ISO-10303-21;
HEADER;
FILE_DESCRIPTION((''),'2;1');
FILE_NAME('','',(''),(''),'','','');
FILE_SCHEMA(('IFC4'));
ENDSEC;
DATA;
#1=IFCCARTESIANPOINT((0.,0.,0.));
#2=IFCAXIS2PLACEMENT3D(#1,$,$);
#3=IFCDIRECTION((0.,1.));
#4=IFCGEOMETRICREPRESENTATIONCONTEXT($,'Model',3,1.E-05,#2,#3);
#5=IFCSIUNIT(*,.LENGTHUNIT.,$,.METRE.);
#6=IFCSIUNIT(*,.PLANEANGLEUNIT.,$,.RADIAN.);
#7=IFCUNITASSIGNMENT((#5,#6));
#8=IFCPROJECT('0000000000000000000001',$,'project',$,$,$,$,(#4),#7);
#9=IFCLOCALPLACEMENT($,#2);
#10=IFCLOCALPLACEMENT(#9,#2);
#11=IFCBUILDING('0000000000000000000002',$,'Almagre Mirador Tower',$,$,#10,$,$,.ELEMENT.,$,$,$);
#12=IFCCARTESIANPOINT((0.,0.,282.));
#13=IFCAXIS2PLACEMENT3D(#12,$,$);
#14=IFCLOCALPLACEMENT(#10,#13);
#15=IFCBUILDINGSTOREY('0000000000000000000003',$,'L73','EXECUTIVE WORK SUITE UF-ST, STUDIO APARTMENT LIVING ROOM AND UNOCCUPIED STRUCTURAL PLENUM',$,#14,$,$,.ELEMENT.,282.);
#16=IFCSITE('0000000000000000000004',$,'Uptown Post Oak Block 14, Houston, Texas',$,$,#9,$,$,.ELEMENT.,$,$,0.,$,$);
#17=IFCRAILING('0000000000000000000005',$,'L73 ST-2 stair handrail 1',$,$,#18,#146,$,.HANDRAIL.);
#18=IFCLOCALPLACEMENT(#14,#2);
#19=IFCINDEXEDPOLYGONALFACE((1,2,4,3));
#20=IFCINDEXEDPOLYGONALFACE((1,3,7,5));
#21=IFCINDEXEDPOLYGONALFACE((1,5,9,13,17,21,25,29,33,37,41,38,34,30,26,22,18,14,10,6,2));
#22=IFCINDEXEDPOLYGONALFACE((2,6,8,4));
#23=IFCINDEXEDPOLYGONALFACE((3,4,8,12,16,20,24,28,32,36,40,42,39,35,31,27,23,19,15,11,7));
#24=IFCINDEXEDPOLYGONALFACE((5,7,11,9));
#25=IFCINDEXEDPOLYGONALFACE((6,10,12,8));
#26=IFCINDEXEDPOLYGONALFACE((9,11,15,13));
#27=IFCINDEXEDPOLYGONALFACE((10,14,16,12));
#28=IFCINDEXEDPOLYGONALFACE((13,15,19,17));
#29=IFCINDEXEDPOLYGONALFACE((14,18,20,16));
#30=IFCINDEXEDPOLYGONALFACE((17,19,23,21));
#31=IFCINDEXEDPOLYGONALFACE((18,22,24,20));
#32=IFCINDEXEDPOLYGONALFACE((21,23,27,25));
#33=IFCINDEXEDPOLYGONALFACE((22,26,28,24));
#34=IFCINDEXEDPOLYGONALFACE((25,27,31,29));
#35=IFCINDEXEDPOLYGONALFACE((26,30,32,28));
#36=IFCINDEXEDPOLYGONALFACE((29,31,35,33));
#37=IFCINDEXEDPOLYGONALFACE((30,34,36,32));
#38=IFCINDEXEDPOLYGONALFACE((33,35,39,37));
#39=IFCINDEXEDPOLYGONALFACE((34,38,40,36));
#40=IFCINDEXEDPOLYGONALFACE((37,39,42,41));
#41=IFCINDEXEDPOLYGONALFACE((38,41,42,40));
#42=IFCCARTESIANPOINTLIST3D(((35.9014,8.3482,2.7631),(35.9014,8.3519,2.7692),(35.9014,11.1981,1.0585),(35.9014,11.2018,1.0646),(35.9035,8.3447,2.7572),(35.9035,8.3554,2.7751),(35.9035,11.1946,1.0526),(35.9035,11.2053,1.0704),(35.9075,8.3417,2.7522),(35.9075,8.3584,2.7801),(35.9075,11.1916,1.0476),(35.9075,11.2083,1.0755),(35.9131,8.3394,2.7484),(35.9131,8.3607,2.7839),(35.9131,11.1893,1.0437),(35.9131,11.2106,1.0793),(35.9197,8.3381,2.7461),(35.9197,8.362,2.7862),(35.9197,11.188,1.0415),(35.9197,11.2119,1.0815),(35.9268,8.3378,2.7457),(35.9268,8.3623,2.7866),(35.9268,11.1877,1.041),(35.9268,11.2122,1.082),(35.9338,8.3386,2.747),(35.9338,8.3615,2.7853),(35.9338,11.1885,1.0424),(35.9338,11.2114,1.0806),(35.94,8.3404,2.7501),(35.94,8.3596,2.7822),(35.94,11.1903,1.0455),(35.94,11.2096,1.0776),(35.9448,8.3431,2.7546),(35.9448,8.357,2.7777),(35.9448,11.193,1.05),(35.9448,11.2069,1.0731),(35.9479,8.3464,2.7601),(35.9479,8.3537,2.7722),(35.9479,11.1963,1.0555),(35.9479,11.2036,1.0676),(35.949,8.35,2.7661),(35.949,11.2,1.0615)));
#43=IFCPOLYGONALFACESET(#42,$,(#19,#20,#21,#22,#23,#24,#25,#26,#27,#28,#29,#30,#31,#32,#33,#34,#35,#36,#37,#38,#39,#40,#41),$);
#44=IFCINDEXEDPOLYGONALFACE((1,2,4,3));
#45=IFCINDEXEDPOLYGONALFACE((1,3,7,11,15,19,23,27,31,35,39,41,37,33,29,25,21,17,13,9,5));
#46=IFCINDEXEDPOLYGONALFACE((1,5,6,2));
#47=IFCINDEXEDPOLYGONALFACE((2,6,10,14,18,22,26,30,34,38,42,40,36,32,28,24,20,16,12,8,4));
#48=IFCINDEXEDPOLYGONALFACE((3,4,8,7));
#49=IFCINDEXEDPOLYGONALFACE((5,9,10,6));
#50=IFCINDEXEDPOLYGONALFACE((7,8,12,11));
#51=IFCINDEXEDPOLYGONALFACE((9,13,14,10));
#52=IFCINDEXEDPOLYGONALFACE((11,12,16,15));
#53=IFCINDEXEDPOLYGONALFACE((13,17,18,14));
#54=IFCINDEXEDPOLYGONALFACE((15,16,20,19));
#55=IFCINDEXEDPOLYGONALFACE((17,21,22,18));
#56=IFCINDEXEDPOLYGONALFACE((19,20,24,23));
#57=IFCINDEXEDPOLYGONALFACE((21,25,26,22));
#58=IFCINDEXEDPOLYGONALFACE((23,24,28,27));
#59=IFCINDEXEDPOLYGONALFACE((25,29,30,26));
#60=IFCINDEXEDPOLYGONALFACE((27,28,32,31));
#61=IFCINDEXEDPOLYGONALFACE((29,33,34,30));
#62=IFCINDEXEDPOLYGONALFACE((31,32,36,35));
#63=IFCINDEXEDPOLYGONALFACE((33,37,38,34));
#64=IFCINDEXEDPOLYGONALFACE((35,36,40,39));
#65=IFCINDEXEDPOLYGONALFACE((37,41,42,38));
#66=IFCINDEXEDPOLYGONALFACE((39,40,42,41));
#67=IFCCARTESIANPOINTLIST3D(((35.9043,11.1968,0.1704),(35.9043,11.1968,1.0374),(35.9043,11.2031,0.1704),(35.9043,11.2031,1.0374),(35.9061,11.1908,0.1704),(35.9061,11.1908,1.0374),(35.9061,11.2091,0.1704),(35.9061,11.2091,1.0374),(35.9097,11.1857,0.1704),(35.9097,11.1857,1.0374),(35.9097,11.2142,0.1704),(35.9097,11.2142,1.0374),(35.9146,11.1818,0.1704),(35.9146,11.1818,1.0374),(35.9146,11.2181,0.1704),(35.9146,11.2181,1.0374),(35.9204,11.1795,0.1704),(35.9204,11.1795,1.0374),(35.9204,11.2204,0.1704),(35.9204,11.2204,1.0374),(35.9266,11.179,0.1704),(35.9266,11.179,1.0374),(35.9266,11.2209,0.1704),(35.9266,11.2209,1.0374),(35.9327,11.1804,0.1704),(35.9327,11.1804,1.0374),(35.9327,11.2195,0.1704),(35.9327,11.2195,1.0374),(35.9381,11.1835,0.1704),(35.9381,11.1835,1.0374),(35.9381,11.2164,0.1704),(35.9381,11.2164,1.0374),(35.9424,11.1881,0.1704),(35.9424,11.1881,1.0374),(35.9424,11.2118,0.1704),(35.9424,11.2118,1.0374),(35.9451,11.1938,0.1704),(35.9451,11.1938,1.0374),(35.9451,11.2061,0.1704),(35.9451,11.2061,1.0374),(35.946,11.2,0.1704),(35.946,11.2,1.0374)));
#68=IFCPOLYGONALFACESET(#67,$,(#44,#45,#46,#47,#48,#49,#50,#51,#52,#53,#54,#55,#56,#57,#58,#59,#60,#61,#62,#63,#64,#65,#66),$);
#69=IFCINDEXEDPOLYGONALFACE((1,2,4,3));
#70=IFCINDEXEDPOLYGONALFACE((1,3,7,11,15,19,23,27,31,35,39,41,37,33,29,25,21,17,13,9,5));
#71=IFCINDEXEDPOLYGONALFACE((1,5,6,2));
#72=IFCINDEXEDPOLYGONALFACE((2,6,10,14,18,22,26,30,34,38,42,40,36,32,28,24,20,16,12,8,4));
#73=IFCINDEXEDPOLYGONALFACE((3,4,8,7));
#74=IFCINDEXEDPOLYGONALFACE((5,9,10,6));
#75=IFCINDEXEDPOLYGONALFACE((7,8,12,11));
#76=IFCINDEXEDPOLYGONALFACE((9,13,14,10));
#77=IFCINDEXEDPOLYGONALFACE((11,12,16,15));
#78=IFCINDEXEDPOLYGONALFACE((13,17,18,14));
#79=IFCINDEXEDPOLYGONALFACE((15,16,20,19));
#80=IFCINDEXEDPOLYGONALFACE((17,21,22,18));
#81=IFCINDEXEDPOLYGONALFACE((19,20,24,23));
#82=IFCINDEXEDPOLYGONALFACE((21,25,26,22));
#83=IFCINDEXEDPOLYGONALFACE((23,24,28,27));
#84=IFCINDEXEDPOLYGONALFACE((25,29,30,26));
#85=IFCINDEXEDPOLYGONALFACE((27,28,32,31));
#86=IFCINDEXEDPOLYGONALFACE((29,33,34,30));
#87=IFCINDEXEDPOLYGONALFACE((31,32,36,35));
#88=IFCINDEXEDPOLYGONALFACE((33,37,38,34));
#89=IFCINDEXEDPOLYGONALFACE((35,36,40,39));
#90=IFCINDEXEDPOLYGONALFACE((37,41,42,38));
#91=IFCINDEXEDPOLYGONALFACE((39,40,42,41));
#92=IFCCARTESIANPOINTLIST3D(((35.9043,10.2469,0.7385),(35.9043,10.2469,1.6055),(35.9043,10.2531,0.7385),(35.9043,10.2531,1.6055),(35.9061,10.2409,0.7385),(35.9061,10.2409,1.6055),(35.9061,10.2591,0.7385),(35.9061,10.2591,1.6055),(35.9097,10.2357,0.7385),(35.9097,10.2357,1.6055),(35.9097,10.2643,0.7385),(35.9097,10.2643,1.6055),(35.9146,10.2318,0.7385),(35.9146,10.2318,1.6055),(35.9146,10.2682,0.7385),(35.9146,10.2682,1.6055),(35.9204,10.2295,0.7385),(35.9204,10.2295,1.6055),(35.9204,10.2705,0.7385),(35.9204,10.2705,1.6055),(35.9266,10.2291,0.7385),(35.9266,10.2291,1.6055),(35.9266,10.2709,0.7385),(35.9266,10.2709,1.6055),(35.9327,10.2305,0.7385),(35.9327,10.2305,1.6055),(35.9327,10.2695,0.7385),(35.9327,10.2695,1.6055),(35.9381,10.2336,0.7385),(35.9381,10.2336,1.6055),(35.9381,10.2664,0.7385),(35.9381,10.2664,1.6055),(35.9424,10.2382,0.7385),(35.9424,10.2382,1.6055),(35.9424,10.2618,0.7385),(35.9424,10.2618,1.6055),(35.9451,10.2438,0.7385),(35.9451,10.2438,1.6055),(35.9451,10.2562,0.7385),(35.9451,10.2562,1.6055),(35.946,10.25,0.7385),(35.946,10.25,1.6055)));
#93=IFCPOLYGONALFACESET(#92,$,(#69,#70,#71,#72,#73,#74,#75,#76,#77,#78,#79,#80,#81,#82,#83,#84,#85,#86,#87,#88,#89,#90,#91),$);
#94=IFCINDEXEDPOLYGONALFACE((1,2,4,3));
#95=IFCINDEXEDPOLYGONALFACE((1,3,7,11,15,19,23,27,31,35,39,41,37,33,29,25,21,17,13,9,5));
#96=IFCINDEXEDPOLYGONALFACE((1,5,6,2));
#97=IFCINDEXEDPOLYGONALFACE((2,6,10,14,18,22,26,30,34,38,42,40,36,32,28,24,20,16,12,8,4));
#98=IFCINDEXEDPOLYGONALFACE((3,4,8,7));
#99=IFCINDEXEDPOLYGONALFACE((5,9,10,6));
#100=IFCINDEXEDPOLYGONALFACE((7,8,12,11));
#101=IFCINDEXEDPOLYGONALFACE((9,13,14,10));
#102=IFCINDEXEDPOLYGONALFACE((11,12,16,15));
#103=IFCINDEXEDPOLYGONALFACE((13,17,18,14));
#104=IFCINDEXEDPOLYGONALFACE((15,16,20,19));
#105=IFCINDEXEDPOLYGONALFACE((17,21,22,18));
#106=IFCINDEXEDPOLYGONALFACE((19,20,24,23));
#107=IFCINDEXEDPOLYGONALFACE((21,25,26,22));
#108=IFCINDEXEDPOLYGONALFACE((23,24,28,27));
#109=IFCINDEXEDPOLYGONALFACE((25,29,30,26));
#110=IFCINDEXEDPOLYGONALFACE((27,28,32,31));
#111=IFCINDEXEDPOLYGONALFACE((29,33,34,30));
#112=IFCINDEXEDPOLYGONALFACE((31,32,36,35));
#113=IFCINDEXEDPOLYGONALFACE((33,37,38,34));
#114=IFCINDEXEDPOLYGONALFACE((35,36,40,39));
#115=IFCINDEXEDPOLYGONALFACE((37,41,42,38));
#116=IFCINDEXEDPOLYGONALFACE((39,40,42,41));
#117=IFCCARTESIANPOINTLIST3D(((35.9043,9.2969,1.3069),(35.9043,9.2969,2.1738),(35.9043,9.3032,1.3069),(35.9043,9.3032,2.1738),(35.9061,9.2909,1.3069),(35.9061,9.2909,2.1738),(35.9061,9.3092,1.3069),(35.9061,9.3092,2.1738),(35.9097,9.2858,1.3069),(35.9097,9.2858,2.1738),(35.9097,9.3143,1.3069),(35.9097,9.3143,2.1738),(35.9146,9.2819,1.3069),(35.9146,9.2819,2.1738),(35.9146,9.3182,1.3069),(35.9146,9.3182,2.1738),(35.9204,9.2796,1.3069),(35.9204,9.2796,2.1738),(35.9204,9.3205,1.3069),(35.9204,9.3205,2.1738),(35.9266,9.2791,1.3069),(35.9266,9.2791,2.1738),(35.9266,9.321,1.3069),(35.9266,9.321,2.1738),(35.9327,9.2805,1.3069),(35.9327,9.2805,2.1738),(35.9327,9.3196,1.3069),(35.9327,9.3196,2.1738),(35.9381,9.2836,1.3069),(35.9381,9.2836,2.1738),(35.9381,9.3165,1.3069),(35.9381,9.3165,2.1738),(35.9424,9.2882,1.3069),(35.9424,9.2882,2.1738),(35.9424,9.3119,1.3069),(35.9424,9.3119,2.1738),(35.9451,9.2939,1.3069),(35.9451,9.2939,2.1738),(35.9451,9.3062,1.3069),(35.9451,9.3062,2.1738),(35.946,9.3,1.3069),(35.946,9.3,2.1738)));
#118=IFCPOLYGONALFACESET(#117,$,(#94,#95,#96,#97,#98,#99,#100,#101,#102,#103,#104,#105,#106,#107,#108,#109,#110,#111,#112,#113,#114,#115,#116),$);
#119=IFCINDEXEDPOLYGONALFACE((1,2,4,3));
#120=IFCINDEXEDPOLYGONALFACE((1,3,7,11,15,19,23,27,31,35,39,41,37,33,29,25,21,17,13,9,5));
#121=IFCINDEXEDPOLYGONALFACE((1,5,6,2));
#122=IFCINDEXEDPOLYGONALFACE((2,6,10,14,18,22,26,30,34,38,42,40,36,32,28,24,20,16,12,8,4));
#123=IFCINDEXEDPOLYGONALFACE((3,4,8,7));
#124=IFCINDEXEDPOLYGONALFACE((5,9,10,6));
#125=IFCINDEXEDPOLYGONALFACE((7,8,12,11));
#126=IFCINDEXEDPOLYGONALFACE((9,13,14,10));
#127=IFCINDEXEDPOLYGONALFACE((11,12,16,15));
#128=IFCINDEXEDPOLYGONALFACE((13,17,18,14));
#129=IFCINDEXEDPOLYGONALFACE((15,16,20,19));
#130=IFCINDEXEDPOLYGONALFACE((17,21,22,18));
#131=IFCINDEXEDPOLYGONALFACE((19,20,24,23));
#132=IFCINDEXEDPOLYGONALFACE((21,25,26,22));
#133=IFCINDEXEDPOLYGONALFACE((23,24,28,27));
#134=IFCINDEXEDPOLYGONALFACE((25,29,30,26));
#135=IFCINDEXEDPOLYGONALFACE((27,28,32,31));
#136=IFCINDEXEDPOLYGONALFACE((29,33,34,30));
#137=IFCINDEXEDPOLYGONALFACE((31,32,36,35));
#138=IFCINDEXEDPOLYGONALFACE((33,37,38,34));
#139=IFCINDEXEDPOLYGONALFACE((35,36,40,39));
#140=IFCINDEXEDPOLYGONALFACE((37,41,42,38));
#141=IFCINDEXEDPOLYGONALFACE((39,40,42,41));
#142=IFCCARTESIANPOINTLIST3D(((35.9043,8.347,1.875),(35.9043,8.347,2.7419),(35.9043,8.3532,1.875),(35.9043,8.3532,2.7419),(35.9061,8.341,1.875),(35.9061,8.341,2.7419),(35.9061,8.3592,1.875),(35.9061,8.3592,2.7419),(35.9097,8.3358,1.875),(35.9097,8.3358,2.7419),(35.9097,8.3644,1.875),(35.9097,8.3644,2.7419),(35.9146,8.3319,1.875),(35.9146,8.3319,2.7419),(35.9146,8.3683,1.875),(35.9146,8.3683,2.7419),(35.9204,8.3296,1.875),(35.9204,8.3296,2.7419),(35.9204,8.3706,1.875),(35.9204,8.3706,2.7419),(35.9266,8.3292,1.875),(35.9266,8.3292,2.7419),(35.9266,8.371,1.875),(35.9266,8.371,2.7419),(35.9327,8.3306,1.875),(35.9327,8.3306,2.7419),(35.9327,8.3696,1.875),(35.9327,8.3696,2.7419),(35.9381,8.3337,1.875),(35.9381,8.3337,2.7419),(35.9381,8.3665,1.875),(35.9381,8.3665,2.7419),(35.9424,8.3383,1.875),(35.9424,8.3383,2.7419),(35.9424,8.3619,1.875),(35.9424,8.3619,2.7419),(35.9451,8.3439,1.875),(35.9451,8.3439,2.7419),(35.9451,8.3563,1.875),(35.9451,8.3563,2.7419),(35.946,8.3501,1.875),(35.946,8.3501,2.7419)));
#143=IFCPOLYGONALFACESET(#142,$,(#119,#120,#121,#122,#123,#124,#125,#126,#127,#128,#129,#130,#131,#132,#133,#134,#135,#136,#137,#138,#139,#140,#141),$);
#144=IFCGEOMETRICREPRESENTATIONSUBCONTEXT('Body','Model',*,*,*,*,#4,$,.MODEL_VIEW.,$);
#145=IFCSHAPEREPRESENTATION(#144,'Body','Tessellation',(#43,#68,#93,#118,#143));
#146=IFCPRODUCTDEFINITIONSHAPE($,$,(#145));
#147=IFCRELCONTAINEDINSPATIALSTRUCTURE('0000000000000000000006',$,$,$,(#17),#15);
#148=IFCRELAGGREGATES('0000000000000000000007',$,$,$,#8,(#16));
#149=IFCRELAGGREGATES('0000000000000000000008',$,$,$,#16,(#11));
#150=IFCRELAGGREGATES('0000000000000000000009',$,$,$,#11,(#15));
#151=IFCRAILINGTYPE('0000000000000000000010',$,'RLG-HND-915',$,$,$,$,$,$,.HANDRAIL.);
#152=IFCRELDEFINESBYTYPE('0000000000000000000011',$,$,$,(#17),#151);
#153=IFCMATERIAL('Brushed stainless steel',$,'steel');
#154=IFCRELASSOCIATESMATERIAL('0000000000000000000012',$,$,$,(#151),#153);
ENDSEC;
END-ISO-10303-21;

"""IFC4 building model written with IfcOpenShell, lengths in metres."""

from ifc_helpers import new_model, si_unit, direction, frame, origin, origin_2d, place, context, subcontext, project, spatial, circle, extrude, material, type_object, element, save


model = new_model("IFC4")

# Units and contexts
model_context = context("Model", 3, precision=1e-05, world=origin(), true_north=direction((0.0, 1.0)))
body_context = subcontext(model_context, "Body", "Model", "MODEL_VIEW")
ifc_project = project(units=[si_unit("LENGTHUNIT", "METRE"), si_unit("PLANEANGLEUNIT", "RADIAN")], contexts=[model_context])

# Site, building, storey
site_placement = place(None, origin())
site = spatial("IfcSite", under=ifc_project, at=site_placement, Name="Uptown Post Oak Block 14, Houston, Texas", CompositionType="ELEMENT", RefElevation=0.0)
building_placement = place(site_placement, origin())
building = spatial("IfcBuilding", under=site, at=building_placement, Name="Almagre Mirador Tower", CompositionType="ELEMENT")
storey_placement = place(building_placement, frame((0.0, 0.0, 282.0)))
storey = spatial("IfcBuildingStorey", under=building, at=storey_placement, Name="L73", Description="EXECUTIVE WORK SUITE UF-ST, STUDIO APARTMENT LIVING ROOM AND UNOCCUPIED STRUCTURAL PLENUM", CompositionType="ELEMENT", Elevation=282.0)

# Railing
ifc_material_1 = material(Name="Brushed stainless steel", Category="steel")
railing_type_1 = type_object("IfcRailingType", Name="RLG-HND-915", PredefinedType="HANDRAIL", material=ifc_material_1)
railing_1_placement = place(storey_placement, frame((35.925, 11.2, 0.1704)))
element("IfcRailing", 1, at=railing_1_placement, inside=storey, type_object=railing_type_1, Name="L73 ST-2 stair handrail 1", PredefinedType="HANDRAIL", context=body_context, shape_type="SweptSolid", body=[
    extrude(circle(Radius=0.0239, at=origin_2d()), frame((0.0, 0.0, 0.8911), z_axis=(0.0, -0.858199, 0.513317), x_axis=(1.0, 0.0, 0.0)), (0.0, 0.0, 1.0), 3.3208),
    extrude(circle(Radius=0.021, at=origin_2d()), origin(), (0.0, 0.0, 1.0), 0.8669),
    extrude(circle(Radius=0.021, at=origin_2d()), frame((0.0, -0.95, 0.5681)), (0.0, 0.0, 1.0), 0.8669),
    extrude(circle(Radius=0.021, at=origin_2d()), frame((0.0, -1.8999, 1.1365)), (0.0, 0.0, 1.0), 0.8669),
    extrude(circle(Radius=0.021, at=origin_2d()), frame((0.0, -2.8499, 1.7046)), (0.0, 0.0, 1.0), 0.8669),
])

save(model, "model.ifc")
